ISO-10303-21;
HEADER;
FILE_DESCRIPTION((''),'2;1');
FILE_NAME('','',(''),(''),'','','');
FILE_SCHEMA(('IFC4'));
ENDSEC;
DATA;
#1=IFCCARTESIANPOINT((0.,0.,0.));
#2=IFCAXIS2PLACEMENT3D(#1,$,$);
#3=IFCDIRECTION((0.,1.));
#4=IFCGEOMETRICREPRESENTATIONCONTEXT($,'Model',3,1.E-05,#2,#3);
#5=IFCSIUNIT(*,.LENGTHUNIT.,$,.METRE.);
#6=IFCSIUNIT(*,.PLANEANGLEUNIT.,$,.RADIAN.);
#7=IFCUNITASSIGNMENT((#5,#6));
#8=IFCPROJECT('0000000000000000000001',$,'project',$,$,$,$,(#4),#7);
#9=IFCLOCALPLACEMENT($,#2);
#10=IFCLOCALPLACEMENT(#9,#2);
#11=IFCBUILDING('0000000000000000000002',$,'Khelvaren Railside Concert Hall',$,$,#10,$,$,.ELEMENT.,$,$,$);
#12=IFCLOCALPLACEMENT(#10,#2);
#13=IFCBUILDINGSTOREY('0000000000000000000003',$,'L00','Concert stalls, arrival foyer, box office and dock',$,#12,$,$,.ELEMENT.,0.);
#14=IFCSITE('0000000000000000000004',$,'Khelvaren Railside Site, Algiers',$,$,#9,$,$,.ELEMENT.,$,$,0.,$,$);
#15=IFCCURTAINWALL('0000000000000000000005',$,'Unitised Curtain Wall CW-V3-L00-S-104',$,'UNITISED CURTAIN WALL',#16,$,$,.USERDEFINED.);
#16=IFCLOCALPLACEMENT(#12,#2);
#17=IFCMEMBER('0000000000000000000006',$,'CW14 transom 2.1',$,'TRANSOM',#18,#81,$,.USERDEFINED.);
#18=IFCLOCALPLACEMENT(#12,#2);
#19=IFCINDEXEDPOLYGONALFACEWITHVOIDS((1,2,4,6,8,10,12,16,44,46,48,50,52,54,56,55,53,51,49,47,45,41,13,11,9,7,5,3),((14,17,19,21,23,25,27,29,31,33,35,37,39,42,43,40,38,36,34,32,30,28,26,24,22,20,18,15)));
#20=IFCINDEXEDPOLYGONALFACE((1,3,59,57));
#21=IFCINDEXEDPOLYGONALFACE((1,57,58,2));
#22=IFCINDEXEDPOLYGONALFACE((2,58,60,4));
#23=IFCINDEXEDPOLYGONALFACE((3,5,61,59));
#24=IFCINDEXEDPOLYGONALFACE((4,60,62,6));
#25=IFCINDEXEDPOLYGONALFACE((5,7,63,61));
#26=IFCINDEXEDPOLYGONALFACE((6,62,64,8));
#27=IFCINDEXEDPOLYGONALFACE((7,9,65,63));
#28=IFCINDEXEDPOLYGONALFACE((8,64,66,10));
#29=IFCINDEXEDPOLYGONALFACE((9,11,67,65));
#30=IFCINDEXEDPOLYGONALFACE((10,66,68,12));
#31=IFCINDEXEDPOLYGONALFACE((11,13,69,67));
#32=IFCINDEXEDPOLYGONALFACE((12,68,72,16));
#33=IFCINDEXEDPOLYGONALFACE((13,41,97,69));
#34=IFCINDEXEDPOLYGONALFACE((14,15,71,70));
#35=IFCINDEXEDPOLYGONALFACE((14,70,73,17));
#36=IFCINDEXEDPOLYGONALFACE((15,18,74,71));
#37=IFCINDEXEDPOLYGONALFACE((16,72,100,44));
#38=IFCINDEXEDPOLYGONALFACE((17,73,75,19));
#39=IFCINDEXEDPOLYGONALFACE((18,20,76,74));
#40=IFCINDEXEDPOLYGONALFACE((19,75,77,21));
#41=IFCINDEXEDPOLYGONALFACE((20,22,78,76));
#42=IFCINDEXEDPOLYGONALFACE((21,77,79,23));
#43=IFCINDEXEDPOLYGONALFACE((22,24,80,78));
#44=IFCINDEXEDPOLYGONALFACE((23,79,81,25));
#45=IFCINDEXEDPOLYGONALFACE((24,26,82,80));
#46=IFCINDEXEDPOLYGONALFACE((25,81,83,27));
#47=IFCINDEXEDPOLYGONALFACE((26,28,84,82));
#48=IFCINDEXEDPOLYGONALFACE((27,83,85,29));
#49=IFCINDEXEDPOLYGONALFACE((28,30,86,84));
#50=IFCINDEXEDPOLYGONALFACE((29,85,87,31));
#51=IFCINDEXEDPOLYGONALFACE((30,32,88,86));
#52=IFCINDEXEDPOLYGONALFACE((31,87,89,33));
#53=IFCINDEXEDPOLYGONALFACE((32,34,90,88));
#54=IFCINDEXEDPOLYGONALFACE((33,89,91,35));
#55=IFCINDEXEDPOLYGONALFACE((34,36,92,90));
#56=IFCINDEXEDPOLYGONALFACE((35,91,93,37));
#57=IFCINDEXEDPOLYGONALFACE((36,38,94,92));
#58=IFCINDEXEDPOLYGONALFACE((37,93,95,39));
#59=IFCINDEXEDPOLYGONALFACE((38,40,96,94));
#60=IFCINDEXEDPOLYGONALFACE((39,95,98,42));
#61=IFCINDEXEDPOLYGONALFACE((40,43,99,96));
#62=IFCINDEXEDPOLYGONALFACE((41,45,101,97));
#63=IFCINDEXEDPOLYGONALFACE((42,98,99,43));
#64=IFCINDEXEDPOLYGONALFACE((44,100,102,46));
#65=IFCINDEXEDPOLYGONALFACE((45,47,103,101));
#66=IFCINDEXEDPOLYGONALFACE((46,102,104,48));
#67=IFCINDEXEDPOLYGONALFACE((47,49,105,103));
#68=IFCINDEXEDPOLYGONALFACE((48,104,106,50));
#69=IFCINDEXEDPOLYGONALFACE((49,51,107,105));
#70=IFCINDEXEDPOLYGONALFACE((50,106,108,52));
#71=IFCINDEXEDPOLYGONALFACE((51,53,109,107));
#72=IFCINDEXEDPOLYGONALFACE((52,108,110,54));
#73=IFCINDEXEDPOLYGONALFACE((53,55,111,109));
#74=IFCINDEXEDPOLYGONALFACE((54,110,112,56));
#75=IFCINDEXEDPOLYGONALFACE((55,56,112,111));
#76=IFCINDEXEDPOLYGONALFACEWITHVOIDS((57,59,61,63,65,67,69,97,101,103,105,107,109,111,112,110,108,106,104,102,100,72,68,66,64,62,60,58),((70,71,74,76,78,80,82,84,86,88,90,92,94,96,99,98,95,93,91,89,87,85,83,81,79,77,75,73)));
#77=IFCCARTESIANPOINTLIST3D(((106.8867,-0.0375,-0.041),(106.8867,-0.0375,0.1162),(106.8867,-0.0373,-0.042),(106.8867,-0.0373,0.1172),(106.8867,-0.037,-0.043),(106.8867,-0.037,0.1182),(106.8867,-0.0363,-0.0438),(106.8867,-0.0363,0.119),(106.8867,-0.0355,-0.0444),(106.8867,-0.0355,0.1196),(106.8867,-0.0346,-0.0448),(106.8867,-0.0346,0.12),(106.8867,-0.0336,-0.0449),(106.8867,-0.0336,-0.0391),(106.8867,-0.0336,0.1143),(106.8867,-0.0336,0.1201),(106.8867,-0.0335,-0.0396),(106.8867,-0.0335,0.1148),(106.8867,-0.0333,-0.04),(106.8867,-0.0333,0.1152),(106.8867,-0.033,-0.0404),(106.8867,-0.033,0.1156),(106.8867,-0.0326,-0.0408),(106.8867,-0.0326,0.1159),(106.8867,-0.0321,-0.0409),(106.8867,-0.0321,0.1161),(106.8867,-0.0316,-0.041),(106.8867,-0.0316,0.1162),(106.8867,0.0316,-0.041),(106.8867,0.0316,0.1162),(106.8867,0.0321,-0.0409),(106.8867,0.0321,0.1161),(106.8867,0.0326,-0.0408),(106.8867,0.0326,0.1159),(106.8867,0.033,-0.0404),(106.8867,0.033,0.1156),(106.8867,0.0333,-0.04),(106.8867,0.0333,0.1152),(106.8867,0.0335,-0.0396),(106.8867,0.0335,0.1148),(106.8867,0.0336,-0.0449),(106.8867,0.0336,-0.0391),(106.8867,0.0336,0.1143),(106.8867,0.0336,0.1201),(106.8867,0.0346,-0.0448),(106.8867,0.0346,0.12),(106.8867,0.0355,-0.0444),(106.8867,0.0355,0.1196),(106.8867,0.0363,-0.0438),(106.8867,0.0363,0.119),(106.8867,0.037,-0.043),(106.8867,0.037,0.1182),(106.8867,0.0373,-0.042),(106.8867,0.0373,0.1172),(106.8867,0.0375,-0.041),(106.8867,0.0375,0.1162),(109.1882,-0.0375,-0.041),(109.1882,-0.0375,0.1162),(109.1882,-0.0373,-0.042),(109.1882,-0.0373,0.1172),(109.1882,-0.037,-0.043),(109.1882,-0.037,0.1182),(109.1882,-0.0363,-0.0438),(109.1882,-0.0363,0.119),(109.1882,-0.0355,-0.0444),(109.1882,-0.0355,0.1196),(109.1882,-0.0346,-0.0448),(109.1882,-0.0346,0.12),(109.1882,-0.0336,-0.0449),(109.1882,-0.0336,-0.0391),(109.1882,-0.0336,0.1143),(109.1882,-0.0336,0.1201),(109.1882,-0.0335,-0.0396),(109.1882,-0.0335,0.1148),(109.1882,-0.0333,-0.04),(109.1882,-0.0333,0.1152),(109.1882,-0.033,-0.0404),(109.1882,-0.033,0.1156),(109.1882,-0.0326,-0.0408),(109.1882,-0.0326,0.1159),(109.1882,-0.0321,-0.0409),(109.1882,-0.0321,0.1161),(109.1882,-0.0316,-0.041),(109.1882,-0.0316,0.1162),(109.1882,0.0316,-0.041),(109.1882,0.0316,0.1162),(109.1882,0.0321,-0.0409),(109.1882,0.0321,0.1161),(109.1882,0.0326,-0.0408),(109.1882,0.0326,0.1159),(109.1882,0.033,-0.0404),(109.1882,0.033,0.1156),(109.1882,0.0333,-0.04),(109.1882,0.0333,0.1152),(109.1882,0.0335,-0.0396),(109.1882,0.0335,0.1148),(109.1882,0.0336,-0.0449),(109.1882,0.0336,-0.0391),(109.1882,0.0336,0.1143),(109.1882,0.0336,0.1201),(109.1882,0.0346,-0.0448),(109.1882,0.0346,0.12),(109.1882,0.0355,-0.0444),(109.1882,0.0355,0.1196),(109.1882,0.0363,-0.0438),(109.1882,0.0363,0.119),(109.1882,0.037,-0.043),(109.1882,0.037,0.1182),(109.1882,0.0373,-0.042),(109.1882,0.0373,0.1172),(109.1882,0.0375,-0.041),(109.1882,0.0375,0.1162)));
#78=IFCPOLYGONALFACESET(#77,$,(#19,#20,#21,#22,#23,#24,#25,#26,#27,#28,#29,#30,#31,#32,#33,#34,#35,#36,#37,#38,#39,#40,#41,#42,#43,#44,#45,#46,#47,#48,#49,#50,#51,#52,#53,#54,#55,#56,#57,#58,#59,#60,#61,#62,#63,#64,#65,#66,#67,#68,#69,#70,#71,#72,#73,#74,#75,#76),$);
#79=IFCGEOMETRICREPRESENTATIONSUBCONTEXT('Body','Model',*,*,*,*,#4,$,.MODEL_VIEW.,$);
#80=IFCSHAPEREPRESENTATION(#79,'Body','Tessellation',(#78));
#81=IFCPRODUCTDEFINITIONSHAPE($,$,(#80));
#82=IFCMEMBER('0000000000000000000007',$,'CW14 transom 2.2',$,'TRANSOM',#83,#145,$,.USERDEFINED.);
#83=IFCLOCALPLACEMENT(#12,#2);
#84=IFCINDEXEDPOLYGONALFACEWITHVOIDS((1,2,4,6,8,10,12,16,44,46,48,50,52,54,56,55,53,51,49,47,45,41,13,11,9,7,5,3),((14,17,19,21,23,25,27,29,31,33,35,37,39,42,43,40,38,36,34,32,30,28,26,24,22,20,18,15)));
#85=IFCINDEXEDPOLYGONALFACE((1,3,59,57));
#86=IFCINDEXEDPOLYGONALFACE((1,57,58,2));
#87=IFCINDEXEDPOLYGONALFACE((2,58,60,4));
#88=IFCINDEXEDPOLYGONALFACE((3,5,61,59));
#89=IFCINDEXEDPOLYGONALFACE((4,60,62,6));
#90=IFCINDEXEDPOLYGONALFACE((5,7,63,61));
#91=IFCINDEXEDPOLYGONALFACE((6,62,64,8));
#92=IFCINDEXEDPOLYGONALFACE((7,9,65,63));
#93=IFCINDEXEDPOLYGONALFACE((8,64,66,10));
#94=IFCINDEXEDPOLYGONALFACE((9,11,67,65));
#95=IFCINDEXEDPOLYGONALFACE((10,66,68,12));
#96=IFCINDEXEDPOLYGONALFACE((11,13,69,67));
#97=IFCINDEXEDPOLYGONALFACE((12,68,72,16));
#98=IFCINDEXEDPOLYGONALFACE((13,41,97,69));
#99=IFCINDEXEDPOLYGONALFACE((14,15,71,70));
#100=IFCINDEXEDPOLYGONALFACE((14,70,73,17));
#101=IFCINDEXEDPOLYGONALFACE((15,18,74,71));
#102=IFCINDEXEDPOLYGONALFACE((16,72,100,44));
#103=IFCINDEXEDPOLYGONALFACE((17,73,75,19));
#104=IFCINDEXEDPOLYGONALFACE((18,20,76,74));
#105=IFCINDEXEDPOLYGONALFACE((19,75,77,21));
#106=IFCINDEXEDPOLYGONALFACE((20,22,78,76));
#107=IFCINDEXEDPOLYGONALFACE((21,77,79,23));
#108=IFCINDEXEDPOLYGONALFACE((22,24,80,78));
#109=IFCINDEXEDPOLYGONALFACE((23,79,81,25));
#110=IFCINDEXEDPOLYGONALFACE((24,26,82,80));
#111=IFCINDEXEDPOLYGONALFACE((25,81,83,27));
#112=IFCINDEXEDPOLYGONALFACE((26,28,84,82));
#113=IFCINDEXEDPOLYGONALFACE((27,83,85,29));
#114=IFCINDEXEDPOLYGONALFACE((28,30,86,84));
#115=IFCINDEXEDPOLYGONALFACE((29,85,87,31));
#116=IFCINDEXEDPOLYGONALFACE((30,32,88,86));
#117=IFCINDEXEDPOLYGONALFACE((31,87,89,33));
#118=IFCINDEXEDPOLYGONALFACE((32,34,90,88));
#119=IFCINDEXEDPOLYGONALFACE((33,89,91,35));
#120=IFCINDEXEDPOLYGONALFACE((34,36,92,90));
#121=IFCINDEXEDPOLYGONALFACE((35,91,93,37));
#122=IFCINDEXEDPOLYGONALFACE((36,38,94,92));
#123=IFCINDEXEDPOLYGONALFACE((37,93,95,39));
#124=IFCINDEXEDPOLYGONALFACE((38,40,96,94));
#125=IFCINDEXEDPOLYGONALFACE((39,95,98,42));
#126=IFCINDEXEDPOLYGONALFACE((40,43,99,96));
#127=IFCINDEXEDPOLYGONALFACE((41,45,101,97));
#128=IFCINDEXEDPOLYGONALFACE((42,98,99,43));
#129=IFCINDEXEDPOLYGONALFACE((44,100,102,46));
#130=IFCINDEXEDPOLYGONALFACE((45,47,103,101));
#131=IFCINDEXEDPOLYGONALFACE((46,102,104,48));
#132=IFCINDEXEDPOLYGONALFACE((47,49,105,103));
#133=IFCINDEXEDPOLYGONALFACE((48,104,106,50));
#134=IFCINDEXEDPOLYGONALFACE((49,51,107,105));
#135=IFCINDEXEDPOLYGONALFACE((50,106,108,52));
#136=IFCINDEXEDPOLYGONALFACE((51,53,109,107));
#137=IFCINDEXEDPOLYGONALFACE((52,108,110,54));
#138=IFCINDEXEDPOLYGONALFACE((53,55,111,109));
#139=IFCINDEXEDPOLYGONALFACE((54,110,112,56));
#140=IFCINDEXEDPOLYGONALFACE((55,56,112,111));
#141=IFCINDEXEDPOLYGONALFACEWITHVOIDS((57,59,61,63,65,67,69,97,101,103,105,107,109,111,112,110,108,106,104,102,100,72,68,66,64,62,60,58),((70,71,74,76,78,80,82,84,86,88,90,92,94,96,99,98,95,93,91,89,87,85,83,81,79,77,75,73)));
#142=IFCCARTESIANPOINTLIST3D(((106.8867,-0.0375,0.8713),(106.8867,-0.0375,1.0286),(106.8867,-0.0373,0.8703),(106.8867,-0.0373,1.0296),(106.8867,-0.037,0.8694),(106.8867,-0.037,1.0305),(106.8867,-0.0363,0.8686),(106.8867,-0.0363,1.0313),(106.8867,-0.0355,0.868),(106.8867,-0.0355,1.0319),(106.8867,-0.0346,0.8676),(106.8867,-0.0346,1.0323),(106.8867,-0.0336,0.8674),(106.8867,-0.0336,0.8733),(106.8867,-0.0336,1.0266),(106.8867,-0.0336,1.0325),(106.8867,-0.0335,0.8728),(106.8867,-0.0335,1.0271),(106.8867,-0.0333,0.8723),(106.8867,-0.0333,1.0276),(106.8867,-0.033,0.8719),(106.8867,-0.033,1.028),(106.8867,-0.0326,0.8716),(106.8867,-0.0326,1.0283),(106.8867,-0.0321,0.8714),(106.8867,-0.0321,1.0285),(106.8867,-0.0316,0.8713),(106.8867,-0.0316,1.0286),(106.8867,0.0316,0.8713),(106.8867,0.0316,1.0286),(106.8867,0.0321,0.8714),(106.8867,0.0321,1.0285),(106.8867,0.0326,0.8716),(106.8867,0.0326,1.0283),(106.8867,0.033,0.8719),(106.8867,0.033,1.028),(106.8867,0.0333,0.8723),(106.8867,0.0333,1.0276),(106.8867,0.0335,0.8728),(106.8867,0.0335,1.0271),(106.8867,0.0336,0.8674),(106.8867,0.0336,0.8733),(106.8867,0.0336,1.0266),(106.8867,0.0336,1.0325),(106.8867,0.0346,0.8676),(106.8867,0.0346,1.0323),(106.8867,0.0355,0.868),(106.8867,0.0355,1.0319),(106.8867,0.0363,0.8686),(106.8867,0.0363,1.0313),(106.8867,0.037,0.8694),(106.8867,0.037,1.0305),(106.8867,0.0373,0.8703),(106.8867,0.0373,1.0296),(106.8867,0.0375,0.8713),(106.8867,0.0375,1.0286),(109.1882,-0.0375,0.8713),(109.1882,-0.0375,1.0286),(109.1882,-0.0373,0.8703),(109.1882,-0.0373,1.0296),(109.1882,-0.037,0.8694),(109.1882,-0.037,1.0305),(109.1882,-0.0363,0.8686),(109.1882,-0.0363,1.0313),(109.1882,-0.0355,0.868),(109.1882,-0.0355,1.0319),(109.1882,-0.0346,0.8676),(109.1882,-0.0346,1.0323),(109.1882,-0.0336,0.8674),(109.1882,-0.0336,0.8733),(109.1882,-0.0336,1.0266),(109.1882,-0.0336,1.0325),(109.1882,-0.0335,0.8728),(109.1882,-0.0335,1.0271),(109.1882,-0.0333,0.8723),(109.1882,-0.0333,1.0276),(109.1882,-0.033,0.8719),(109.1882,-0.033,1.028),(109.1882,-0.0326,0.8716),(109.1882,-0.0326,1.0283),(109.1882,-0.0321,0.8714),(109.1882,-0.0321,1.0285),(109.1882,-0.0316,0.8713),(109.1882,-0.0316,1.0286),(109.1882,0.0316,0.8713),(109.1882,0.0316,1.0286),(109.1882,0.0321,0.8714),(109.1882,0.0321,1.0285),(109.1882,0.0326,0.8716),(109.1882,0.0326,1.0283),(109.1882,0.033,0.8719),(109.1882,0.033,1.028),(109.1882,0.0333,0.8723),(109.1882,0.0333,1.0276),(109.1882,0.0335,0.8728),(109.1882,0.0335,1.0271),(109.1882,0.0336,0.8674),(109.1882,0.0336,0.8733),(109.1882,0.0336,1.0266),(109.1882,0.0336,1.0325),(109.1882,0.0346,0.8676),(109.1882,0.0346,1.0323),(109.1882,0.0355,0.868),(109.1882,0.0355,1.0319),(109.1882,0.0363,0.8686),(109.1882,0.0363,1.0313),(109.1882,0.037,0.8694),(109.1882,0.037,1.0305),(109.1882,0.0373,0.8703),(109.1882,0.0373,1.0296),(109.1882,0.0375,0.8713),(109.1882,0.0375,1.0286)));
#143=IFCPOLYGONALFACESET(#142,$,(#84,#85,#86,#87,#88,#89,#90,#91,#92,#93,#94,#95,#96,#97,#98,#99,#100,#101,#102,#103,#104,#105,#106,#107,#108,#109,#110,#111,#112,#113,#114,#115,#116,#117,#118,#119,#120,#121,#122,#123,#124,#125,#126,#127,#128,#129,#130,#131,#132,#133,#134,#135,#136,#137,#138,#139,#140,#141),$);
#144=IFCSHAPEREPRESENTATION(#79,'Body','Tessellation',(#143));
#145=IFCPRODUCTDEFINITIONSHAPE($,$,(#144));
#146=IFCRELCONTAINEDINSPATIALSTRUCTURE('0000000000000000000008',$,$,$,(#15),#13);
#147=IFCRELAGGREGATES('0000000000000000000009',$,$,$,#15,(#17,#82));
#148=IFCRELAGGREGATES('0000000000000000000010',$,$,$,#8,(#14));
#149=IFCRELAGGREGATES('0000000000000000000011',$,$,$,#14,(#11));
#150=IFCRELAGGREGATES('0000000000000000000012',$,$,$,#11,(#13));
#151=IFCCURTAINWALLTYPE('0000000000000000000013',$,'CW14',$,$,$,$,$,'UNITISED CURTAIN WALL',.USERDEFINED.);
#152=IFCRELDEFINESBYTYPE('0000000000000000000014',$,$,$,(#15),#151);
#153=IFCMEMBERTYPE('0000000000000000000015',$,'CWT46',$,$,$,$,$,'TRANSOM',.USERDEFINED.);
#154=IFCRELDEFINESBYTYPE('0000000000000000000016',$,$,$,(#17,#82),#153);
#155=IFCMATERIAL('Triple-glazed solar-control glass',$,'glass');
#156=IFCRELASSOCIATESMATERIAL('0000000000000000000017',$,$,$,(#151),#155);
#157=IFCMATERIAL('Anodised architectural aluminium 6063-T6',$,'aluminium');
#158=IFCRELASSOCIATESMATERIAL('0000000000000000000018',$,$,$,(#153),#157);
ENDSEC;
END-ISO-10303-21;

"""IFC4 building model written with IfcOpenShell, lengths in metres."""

from ifc_helpers import new_model, si_unit, direction, frame, origin, origin_2d, place, context, subcontext, project, spatial, hollow_rectangle, extrude, material, material_profile, profile_set, type_object, element, aggregate, save


model = new_model("IFC4")

# Units and contexts
model_context = context("Model", 3, precision=1e-05, world=origin(), true_north=direction((0.0, 1.0)))
body_context = subcontext(model_context, "Body", "Model", "MODEL_VIEW")
ifc_project = project(units=[si_unit("LENGTHUNIT", "METRE"), si_unit("PLANEANGLEUNIT", "RADIAN")], contexts=[model_context])

# Site, building, storey
site_placement = place(None, origin())
site = spatial("IfcSite", under=ifc_project, at=site_placement, Name="Khelvaren Railside Site, Algiers", CompositionType="ELEMENT", RefElevation=0.0)
building_placement = place(site_placement, origin())
building = spatial("IfcBuilding", under=site, at=building_placement, Name="Khelvaren Railside Concert Hall", CompositionType="ELEMENT")
storey_placement = place(building_placement, origin())
storey = spatial("IfcBuildingStorey", under=building, at=storey_placement, Name="L00", Description="Concert stalls, arrival foyer, box office and dock", CompositionType="ELEMENT", Elevation=0.0)

# Curtain wall, members
ifc_material_1 = material(Name="Triple-glazed solar-control glass", Category="glass")
curtain_wall_type = type_object("IfcCurtainWallType", Name="CW14", ElementType="UNITISED CURTAIN WALL", PredefinedType="USERDEFINED", material=ifc_material_1)
curtain_wall_placement = place(storey_placement, origin())
curtain_wall = element("IfcCurtainWall", 1, at=curtain_wall_placement, inside=storey, type_object=curtain_wall_type, Name="Unitised Curtain Wall CW-V3-L00-S-104", ObjectType="UNITISED CURTAIN WALL", PredefinedType="USERDEFINED")
ifc_material_2 = material(Name="Anodised architectural aluminium 6063-T6", Category="aluminium")
ifc_material_profile_1 = material_profile(ifc_material_2, hollow_rectangle(XDim=0.075, YDim=0.165, WallThickness=0.0039, InnerFilletRadius=0.002, OuterFilletRadius=0.0039, at=origin_2d()), Name="CWT 75x165x4")
ifc_profile_set_1 = profile_set([ifc_material_profile_1], Name="Anodised architectural aluminium 6063-T6")
member_type_1 = type_object("IfcMemberType", Name="CWT46", ElementType="TRANSOM", PredefinedType="USERDEFINED", material=ifc_profile_set_1)
member_1_placement = place(storey_placement, frame((109.1882, 0.0, 0.0376), z_axis=(-1.0, 0.0, 0.0), x_axis=(0.0, -1.0, 0.0)))
member_1 = element("IfcMember", 2, at=member_1_placement, type_object=member_type_1, Name="CW14 transom 2.1", ObjectType="TRANSOM", PredefinedType="USERDEFINED", context=body_context, shape_type="SweptSolid", body=[
    extrude(hollow_rectangle(XDim=0.075, YDim=0.165, WallThickness=0.0039, InnerFilletRadius=0.002, OuterFilletRadius=0.0039, at=origin_2d()), origin(), (0.0, 0.0, 1.0), 2.3015),
])
member_2_placement = place(storey_placement, frame((109.1882, 0.0, 0.95), z_axis=(-1.0, 0.0, 0.0), x_axis=(0.0, -1.0, 0.0)))
member_2 = element("IfcMember", 3, at=member_2_placement, type_object=member_type_1, Name="CW14 transom 2.2", ObjectType="TRANSOM", PredefinedType="USERDEFINED", context=body_context, shape_type="SweptSolid", body=[
    extrude(hollow_rectangle(XDim=0.075, YDim=0.165, WallThickness=0.0039, InnerFilletRadius=0.002, OuterFilletRadius=0.0039, at=origin_2d()), origin(), (0.0, 0.0, 1.0), 2.3015),
])

aggregate(curtain_wall, [member_1, member_2])

save(model, "model.ifc")
